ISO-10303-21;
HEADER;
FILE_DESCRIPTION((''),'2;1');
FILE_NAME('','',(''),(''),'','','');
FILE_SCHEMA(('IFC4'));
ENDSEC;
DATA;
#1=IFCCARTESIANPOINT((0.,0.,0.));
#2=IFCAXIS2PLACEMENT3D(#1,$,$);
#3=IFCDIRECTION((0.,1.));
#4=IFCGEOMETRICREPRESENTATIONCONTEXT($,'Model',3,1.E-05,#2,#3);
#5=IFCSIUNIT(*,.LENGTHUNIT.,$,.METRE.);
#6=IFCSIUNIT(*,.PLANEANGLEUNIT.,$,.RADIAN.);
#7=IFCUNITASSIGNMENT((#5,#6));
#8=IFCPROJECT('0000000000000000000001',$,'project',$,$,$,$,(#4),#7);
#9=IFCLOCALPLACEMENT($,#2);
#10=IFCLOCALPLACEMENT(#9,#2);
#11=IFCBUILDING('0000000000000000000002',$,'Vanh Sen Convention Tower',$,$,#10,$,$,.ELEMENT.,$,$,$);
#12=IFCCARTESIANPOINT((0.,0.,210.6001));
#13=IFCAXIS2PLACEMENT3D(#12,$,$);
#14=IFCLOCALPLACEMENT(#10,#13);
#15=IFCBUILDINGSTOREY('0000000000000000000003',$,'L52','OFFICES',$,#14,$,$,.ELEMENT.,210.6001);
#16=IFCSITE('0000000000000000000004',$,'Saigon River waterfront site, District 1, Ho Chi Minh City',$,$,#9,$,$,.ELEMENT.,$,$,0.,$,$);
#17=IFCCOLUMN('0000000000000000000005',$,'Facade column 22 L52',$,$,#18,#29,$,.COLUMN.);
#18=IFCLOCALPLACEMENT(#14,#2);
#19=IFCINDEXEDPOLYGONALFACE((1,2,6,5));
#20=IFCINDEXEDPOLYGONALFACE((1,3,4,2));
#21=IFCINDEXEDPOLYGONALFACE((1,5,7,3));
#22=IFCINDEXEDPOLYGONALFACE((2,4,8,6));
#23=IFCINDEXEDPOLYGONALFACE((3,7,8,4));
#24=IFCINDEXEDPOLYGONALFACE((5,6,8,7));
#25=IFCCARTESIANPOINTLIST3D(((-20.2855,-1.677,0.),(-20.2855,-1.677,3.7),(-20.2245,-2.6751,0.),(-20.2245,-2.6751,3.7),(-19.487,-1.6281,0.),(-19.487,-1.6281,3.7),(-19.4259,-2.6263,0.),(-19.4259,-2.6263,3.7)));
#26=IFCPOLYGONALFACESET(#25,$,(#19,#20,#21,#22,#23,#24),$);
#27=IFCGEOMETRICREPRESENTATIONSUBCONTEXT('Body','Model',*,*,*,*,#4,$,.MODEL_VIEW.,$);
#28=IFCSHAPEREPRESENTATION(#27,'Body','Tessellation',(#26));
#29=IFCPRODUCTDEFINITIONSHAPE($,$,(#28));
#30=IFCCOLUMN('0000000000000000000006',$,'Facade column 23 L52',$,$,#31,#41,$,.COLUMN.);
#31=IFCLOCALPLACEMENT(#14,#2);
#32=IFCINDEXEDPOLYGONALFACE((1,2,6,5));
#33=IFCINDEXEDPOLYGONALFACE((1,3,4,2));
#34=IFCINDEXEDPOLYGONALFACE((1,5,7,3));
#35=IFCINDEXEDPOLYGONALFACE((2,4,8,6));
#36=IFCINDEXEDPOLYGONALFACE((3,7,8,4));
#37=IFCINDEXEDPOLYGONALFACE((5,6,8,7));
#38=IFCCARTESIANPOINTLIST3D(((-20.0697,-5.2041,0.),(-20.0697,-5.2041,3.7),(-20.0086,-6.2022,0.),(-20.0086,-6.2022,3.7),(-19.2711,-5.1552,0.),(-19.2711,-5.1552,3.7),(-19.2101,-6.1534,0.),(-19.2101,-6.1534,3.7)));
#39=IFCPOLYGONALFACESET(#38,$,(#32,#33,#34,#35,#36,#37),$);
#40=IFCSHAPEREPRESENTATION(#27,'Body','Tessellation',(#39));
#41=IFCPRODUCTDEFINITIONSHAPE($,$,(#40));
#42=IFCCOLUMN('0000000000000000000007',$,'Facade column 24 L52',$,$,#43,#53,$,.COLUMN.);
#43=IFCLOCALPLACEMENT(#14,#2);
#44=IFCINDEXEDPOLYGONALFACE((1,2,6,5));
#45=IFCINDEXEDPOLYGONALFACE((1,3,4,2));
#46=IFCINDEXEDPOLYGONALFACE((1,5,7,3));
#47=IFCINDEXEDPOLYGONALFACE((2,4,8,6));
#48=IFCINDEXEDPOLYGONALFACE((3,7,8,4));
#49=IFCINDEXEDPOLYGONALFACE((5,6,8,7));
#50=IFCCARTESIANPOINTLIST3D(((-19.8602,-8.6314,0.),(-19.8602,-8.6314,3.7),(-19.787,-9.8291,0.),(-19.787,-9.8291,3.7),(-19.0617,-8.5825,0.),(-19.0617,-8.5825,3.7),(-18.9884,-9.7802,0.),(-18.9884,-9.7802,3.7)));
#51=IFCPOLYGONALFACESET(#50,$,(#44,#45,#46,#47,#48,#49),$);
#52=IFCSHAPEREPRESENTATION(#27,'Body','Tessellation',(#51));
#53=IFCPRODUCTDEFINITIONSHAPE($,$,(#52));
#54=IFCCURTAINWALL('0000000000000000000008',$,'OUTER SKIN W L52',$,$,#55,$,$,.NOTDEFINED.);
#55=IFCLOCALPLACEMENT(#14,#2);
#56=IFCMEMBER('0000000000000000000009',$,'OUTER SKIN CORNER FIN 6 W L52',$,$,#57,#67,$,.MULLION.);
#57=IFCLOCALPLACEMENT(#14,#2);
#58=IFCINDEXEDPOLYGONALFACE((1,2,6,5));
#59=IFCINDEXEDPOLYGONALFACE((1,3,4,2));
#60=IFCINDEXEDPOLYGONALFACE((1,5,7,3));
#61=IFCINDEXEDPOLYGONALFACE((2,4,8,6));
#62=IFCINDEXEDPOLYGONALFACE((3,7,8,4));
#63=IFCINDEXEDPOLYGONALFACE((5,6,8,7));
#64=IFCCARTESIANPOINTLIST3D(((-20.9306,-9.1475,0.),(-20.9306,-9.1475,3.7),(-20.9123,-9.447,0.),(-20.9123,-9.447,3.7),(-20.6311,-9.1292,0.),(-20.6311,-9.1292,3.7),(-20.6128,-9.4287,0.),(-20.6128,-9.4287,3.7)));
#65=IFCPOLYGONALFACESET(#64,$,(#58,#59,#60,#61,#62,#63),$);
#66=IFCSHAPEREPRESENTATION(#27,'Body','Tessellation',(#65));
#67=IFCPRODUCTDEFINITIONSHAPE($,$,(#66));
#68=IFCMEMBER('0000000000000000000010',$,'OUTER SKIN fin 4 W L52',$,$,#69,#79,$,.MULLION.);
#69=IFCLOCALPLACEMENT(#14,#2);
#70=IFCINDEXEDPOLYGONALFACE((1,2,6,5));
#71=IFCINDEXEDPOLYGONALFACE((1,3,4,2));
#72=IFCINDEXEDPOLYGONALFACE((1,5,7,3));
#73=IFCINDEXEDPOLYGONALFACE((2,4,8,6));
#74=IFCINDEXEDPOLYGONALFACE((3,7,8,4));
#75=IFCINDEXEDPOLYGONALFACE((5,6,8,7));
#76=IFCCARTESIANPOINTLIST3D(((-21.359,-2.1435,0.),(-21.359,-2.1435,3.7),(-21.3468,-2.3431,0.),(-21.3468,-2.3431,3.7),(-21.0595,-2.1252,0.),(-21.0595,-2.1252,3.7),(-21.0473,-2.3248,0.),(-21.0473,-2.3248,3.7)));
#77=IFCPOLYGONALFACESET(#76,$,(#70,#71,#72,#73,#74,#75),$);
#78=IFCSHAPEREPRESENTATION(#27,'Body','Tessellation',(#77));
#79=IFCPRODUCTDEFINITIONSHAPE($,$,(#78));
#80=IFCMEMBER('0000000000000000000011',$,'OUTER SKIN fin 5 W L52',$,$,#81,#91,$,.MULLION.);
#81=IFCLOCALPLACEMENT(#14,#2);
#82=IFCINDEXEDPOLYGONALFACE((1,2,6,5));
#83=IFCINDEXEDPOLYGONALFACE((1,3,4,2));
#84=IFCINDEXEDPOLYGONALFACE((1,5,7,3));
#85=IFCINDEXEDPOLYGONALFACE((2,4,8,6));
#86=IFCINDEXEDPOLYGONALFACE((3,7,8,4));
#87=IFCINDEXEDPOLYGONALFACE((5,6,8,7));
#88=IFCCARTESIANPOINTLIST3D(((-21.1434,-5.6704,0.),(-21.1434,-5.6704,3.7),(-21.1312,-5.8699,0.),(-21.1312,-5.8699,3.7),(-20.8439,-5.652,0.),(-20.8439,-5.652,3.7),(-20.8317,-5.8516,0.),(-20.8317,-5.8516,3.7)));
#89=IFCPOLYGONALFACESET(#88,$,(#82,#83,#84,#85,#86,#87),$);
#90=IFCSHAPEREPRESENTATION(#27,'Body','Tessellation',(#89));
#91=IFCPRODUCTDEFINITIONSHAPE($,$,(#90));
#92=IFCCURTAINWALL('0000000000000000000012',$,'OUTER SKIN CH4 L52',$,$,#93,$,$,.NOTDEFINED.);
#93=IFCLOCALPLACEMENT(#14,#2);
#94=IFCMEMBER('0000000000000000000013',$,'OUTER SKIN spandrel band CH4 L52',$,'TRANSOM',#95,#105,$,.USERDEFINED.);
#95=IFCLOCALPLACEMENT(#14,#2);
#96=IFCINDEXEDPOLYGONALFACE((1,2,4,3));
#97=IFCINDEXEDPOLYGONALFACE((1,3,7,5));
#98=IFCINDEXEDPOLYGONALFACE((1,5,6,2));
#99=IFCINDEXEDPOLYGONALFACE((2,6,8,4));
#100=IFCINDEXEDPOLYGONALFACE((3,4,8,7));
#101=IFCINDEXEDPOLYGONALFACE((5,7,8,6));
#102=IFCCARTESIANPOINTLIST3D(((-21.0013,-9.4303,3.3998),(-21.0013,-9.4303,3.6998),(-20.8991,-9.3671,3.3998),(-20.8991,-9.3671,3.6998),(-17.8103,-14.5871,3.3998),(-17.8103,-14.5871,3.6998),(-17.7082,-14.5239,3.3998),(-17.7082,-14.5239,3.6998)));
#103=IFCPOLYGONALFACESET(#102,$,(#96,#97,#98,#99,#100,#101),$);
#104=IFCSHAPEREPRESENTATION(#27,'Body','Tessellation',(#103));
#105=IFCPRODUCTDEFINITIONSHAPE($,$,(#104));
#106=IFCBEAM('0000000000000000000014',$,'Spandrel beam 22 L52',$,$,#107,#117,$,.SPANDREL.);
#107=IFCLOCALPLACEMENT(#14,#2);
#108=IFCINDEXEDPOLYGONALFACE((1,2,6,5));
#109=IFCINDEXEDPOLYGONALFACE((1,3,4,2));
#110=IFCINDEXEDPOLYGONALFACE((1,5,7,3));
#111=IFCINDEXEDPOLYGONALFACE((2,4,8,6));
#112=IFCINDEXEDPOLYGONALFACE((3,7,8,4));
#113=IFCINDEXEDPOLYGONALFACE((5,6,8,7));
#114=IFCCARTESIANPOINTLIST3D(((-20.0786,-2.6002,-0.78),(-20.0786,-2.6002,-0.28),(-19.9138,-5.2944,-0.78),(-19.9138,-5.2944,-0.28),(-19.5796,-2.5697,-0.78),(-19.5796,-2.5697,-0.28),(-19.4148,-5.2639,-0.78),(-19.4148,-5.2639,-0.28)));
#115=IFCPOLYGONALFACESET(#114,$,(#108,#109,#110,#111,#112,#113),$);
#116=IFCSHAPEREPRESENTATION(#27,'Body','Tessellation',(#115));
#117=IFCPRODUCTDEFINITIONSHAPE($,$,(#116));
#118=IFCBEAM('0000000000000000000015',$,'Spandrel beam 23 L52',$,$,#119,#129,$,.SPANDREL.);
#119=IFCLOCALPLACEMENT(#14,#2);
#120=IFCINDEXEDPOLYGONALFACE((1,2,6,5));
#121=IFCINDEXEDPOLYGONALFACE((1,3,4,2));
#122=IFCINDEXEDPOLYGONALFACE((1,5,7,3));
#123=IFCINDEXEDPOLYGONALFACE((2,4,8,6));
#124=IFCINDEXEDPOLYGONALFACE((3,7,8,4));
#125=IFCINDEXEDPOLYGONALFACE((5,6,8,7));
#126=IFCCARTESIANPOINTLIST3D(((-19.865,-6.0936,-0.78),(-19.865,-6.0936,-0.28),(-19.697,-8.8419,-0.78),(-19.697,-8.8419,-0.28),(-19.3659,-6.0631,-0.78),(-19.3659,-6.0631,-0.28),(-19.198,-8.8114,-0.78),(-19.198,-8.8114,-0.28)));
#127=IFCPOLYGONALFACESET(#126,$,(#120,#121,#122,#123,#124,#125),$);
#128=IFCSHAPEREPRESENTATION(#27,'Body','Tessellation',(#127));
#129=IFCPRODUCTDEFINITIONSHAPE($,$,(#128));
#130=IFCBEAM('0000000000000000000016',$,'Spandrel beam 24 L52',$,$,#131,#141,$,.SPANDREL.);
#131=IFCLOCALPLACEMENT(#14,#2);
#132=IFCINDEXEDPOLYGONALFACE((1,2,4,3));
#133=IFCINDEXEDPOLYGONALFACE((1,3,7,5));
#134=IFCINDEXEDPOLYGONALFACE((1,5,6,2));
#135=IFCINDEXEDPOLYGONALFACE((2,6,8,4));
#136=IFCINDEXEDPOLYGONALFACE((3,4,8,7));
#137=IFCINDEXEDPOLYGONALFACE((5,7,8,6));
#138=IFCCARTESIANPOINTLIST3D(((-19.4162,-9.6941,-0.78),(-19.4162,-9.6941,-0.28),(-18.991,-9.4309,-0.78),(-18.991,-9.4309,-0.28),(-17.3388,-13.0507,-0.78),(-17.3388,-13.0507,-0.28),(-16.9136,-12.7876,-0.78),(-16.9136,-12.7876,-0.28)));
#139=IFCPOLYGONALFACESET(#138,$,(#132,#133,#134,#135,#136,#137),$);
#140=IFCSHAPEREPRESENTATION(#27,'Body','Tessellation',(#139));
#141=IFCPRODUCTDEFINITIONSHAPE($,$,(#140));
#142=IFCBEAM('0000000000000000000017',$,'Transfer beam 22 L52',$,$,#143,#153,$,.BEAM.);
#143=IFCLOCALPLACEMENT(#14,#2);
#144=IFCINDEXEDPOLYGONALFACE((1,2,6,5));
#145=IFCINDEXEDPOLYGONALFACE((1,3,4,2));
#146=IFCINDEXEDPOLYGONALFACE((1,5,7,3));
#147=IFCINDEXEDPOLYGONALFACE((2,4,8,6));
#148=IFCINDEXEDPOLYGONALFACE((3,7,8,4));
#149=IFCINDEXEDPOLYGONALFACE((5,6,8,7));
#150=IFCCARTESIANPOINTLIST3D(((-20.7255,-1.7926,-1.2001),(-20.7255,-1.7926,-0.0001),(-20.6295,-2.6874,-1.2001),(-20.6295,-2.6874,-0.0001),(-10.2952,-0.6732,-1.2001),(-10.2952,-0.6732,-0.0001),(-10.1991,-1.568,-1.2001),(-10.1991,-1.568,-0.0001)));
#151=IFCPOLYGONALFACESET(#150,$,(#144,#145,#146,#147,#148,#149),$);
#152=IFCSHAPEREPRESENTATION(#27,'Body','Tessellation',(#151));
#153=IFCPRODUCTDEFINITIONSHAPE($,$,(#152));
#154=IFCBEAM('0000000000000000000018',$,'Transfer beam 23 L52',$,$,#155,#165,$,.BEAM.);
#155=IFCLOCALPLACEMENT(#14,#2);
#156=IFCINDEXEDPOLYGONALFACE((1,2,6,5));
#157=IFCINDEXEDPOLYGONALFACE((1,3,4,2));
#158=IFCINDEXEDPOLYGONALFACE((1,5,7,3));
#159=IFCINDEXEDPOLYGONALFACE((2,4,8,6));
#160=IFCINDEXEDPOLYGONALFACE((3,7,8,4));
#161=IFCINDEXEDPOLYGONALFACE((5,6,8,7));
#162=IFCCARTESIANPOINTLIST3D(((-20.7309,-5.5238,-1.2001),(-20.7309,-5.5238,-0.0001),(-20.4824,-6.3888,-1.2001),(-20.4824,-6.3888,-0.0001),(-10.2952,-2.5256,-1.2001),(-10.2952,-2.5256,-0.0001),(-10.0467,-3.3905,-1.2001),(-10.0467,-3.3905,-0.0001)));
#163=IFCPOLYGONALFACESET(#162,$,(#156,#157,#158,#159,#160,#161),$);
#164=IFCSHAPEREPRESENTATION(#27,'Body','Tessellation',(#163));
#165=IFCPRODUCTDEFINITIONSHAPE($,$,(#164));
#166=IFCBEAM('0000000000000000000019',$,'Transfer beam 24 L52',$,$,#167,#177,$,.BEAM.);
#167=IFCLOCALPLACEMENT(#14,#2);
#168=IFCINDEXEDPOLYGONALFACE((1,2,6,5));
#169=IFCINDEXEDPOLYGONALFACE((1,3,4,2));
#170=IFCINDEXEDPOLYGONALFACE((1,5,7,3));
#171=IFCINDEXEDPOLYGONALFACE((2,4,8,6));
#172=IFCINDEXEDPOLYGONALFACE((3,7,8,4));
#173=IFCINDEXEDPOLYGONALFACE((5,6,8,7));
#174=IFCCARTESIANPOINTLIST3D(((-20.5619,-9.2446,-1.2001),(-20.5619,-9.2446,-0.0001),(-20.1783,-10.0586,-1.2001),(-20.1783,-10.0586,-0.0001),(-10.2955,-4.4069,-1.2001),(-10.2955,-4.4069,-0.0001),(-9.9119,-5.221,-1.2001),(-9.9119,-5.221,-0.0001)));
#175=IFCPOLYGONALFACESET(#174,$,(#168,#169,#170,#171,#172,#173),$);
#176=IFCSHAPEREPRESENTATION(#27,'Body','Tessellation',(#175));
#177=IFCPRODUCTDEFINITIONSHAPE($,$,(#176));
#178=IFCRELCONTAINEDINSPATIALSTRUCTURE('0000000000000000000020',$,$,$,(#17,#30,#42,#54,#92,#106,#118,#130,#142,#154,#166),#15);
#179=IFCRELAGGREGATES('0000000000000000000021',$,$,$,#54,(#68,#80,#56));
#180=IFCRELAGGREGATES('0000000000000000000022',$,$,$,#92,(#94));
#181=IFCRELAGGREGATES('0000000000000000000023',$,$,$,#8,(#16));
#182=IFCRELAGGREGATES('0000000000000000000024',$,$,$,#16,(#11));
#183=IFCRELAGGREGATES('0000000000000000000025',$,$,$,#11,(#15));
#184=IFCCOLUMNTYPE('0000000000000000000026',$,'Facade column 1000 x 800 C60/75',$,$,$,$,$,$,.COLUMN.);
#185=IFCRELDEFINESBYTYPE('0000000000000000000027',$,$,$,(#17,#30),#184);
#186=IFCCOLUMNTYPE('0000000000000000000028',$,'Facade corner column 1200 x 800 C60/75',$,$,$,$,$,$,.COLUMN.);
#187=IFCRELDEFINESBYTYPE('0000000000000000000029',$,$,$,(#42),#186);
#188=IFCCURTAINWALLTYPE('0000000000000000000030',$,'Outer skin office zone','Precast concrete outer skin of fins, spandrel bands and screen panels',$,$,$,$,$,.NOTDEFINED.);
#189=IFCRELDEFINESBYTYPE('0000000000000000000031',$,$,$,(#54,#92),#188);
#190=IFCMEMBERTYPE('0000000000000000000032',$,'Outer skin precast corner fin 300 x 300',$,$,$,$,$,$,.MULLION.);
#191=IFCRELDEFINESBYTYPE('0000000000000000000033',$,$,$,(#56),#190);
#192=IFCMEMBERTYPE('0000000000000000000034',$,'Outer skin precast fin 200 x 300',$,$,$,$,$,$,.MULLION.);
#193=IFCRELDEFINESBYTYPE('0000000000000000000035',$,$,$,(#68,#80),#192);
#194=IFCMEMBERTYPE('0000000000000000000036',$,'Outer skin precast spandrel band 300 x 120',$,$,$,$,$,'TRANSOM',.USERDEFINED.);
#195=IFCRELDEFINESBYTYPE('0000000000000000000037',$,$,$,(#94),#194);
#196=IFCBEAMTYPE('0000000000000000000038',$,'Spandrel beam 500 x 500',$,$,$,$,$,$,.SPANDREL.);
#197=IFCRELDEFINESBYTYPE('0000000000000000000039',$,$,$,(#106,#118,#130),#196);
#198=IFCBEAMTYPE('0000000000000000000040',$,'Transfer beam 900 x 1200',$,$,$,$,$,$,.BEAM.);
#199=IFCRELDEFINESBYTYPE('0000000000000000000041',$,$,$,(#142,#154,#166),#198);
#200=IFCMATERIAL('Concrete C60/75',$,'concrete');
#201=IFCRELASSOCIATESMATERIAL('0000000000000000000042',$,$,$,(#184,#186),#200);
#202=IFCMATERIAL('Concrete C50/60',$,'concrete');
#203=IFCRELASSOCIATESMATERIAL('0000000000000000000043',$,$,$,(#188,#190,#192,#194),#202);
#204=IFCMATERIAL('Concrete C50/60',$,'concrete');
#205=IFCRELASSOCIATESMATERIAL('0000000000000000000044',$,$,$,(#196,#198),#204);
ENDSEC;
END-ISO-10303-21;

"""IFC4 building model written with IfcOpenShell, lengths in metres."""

from ifc_helpers import new_model, si_unit, direction, frame, origin, origin_2d, place, context, subcontext, project, spatial, rectangle, extrude, material, material_profile, profile_set, type_object, element, aggregate, save


model = new_model("IFC4")

# Units and contexts
model_context = context("Model", 3, precision=1e-05, world=origin(), true_north=direction((0.0, 1.0)))
body_context = subcontext(model_context, "Body", "Model", "MODEL_VIEW")
ifc_project = project(units=[si_unit("LENGTHUNIT", "METRE"), si_unit("PLANEANGLEUNIT", "RADIAN")], contexts=[model_context])

# Site, building, storey
site_placement = place(None, origin())
site = spatial("IfcSite", under=ifc_project, at=site_placement, Name="Saigon River waterfront site, District 1, Ho Chi Minh City", CompositionType="ELEMENT", RefElevation=0.0)
building_placement = place(site_placement, origin())
building = spatial("IfcBuilding", under=site, at=building_placement, Name="Vanh Sen Convention Tower", CompositionType="ELEMENT")
storey_placement = place(building_placement, frame((0.0, 0.0, 210.6001)))
storey = spatial("IfcBuildingStorey", under=building, at=storey_placement, Name="L52", Description="OFFICES", CompositionType="ELEMENT", Elevation=210.6001)

# Columns
ifc_material_1 = material(Name="Concrete C60/75", Category="concrete")
ifc_material_profile_1 = material_profile(ifc_material_1, rectangle(XDim=1.0, YDim=0.8, at=origin_2d()), Name="RC 1000X800")
ifc_profile_set_1 = profile_set([ifc_material_profile_1], Name="Concrete C60/75")
column_type_1 = type_object("IfcColumnType", Name="Facade column 1000 x 800 C60/75", PredefinedType="COLUMN", material=ifc_profile_set_1)
for number, where, z_axis, x_axis, name in (
    (1, (-19.8557, -2.1516, 0.0), (0.0, 0.0, 1.0), (0.061049, -0.998135, 0.0), "Facade column 22 L52"),
    (2, (-19.6399, -5.6787, 0.0), (0.0, 0.0, 1.0), (0.061049, -0.998135, 0.0), "Facade column 23 L52"),
):
    element("IfcColumn", number, at=place(storey_placement, frame(where, z_axis=z_axis, x_axis=x_axis)), inside=storey, type_object=column_type_1, Name=name, PredefinedType="COLUMN", context=body_context, shape_type="SweptSolid", body=[
        extrude(rectangle(XDim=1.0, YDim=0.8, at=origin_2d()), origin(), (0.0, 0.0, 1.0), 3.7),
    ])
ifc_material_profile_2 = material_profile(ifc_material_1, rectangle(XDim=1.2, YDim=0.8, at=origin_2d()), Name="RC 1200X800")
ifc_profile_set_2 = profile_set([ifc_material_profile_2], Name="Concrete C60/75")
column_type_2 = type_object("IfcColumnType", Name="Facade corner column 1200 x 800 C60/75", PredefinedType="COLUMN", material=ifc_profile_set_2)
column_placement = place(storey_placement, frame((-19.4243, -9.2058, 0.0), z_axis=(0.0, 0.0, 1.0), x_axis=(0.061049, -0.998135, 0.0)))
element("IfcColumn", 3, at=column_placement, inside=storey, type_object=column_type_2, Name="Facade column 24 L52", PredefinedType="COLUMN", context=body_context, shape_type="SweptSolid", body=[
    extrude(rectangle(XDim=1.2, YDim=0.8, at=origin_2d()), origin(), (0.0, 0.0, 1.0), 3.7),
])

# Curtain wall, members
ifc_material_2 = material(Name="Concrete C50/60", Category="concrete")
curtain_wall_type = type_object("IfcCurtainWallType", Name="Outer skin office zone", Description="Precast concrete outer skin of fins, spandrel bands and screen panels", PredefinedType="NOTDEFINED", material=ifc_material_2)
curtain_wall_1_placement = place(storey_placement, origin())
curtain_wall_1 = element("IfcCurtainWall", 4, at=curtain_wall_1_placement, inside=storey, type_object=curtain_wall_type, Name="OUTER SKIN W L52", PredefinedType="NOTDEFINED")
ifc_material_profile_3 = material_profile(ifc_material_2, rectangle(XDim=0.3, YDim=0.3, at=origin_2d()), Name="Outer skin precast corner fin 300 x 300")
ifc_profile_set_3 = profile_set([ifc_material_profile_3], Name="Concrete C50/60")
member_type_1 = type_object("IfcMemberType", Name="Outer skin precast corner fin 300 x 300", PredefinedType="MULLION", material=ifc_profile_set_3)
member_1_placement = place(storey_placement, frame((-20.7717, -9.2881, 0.0), z_axis=(0.0, 0.0, 1.0), x_axis=(0.061049, -0.998135, 0.0)))
member_1 = element("IfcMember", 5, at=member_1_placement, type_object=member_type_1, Name="OUTER SKIN CORNER FIN 6 W L52", PredefinedType="MULLION", context=body_context, shape_type="SweptSolid", body=[
    extrude(rectangle(XDim=0.3, YDim=0.3, at=origin_2d()), origin(), (0.0, 0.0, 1.0), 3.7),
])
ifc_material_profile_4 = material_profile(ifc_material_2, rectangle(XDim=0.2, YDim=0.3, at=origin_2d()), Name="Outer skin precast fin 200 x 300")
ifc_profile_set_4 = profile_set([ifc_material_profile_4], Name="Concrete C50/60")
member_type_2 = type_object("IfcMemberType", Name="Outer skin precast fin 200 x 300", PredefinedType="MULLION", material=ifc_profile_set_4)
member_2_placement = place(storey_placement, frame((-21.2031, -2.2341, 0.0), z_axis=(0.0, 0.0, 1.0), x_axis=(0.061049, -0.998135, 0.0)))
member_2 = element("IfcMember", 6, at=member_2_placement, type_object=member_type_2, Name="OUTER SKIN fin 4 W L52", PredefinedType="MULLION", context=body_context, shape_type="SweptSolid", body=[
    extrude(rectangle(XDim=0.2, YDim=0.3, at=origin_2d()), origin(), (0.0, 0.0, 1.0), 3.7),
])
member_3_placement = place(storey_placement, frame((-20.9875, -5.761, 0.0), z_axis=(0.0, 0.0, 1.0), x_axis=(0.061049, -0.998135, 0.0)))
member_3 = element("IfcMember", 7, at=member_3_placement, type_object=member_type_2, Name="OUTER SKIN fin 5 W L52", PredefinedType="MULLION", context=body_context, shape_type="SweptSolid", body=[
    extrude(rectangle(XDim=0.2, YDim=0.3, at=origin_2d()), origin(), (0.0, 0.0, 1.0), 3.7),
])

# Curtain wall, member
curtain_wall_2_placement = place(storey_placement, origin())
curtain_wall_2 = element("IfcCurtainWall", 8, at=curtain_wall_2_placement, inside=storey, type_object=curtain_wall_type, Name="OUTER SKIN CH4 L52", PredefinedType="NOTDEFINED")
ifc_material_profile_5 = material_profile(ifc_material_2, rectangle(XDim=0.1201, YDim=0.3, at=origin_2d()), Name="Outer skin precast spandrel band 300 x 120")
ifc_profile_set_5 = profile_set([ifc_material_profile_5], Name="Concrete C50/60")
member_type_3 = type_object("IfcMemberType", Name="Outer skin precast spandrel band 300 x 120", ElementType="TRANSOM", PredefinedType="USERDEFINED", material=ifc_profile_set_5)
member_4_placement = place(storey_placement, frame((-20.9502, -9.3987, 3.5498), z_axis=(0.526194, -0.850365, 0.0), x_axis=(0.850365, 0.526194, 0.0)))
member_4 = element("IfcMember", 9, at=member_4_placement, type_object=member_type_3, Name="OUTER SKIN spandrel band CH4 L52", ObjectType="TRANSOM", PredefinedType="USERDEFINED", context=body_context, shape_type="SweptSolid", body=[
    extrude(rectangle(XDim=0.1201, YDim=0.3, at=origin_2d()), origin(), (0.0, 0.0, 1.0), 6.0642),
])

# Beams
ifc_material_3 = material(Name="Concrete C50/60", Category="concrete")
ifc_material_profile_6 = material_profile(ifc_material_3, rectangle(XDim=0.5, YDim=0.5, at=origin_2d()), Name="RC 500X500")
ifc_profile_set_6 = profile_set([ifc_material_profile_6], Name="Concrete C50/60")
beam_type_1 = type_object("IfcBeamType", Name="Spandrel beam 500 x 500", PredefinedType="SPANDREL", material=ifc_profile_set_6)
beam_1_placement = place(storey_placement, frame((-19.8291, -2.585, -0.53), z_axis=(0.061055, -0.998134, 0.0), x_axis=(0.998134, 0.061055, 0.0)))
element("IfcBeam", 10, at=beam_1_placement, inside=storey, type_object=beam_type_1, Name="Spandrel beam 22 L52", PredefinedType="SPANDREL", context=body_context, shape_type="SweptSolid", body=[
    extrude(rectangle(XDim=0.5, YDim=0.5, at=origin_2d()), origin(), (0.0, 0.0, 1.0), 2.6992),
])
beam_2_placement = place(storey_placement, frame((-19.6155, -6.0784, -0.53), z_axis=(0.061004, -0.998138, 0.0), x_axis=(0.998138, 0.061004, 0.0)))
element("IfcBeam", 11, at=beam_2_placement, inside=storey, type_object=beam_type_1, Name="Spandrel beam 23 L52", PredefinedType="SPANDREL", context=body_context, shape_type="SweptSolid", body=[
    extrude(rectangle(XDim=0.5, YDim=0.5, at=origin_2d()), origin(), (0.0, 0.0, 1.0), 2.7534),
])
beam_3_placement = place(storey_placement, frame((-19.2036, -9.5625, -0.53), z_axis=(0.526252, -0.850328, 0.0), x_axis=(0.850328, 0.526252, 0.0)))
element("IfcBeam", 12, at=beam_3_placement, inside=storey, type_object=beam_type_1, Name="Spandrel beam 24 L52", PredefinedType="SPANDREL", context=body_context, shape_type="SweptSolid", body=[
    extrude(rectangle(XDim=0.5, YDim=0.5, at=origin_2d()), origin(), (0.0, 0.0, 1.0), 3.9475),
])
ifc_material_profile_7 = material_profile(ifc_material_3, rectangle(XDim=0.8999, YDim=1.2, at=origin_2d()), Name="RC 900X1200")
ifc_profile_set_7 = profile_set([ifc_material_profile_7], Name="Concrete C50/60")
beam_type_2 = type_object("IfcBeamType", Name="Transfer beam 900 x 1200", PredefinedType="BEAM", material=ifc_profile_set_7)
beam_4_placement = place(storey_placement, frame((-20.6775, -2.24, -0.6001), z_axis=(0.994291, 0.106707, 0.0), x_axis=(-0.106707, 0.994291, 0.0)))
element("IfcBeam", 13, at=beam_4_placement, inside=storey, type_object=beam_type_2, Name="Transfer beam 22 L52", PredefinedType="BEAM", context=body_context, shape_type="SweptSolid", body=[
    extrude(rectangle(XDim=0.8999, YDim=1.2, at=origin_2d()), origin(), (0.0, 0.0, 1.0), 10.4902),
])
beam_5_placement = place(storey_placement, frame((-20.6067, -5.9563, -0.6001), z_axis=(0.961118, 0.276137, 0.0), x_axis=(-0.276137, 0.961118, 0.0)))
element("IfcBeam", 14, at=beam_5_placement, inside=storey, type_object=beam_type_2, Name="Transfer beam 23 L52", PredefinedType="BEAM", context=body_context, shape_type="SweptSolid", body=[
    extrude(rectangle(XDim=0.8999, YDim=1.2, at=origin_2d()), origin(), (0.0, 0.0, 1.0), 10.8579),
])
beam_6_placement = place(storey_placement, frame((-20.3701, -9.6516, -0.6001), z_axis=(0.904601, 0.42626, 0.0), x_axis=(-0.42626, 0.904601, 0.0)))
element("IfcBeam", 15, at=beam_6_placement, inside=storey, type_object=beam_type_2, Name="Transfer beam 24 L52", PredefinedType="BEAM", context=body_context, shape_type="SweptSolid", body=[
    extrude(rectangle(XDim=0.8999, YDim=1.2, at=origin_2d()), origin(), (0.0, 0.0, 1.0), 11.3491),
])

aggregate(curtain_wall_1, [member_2, member_3, member_1])
aggregate(curtain_wall_2, [member_4])

save(model, "model.ifc")
